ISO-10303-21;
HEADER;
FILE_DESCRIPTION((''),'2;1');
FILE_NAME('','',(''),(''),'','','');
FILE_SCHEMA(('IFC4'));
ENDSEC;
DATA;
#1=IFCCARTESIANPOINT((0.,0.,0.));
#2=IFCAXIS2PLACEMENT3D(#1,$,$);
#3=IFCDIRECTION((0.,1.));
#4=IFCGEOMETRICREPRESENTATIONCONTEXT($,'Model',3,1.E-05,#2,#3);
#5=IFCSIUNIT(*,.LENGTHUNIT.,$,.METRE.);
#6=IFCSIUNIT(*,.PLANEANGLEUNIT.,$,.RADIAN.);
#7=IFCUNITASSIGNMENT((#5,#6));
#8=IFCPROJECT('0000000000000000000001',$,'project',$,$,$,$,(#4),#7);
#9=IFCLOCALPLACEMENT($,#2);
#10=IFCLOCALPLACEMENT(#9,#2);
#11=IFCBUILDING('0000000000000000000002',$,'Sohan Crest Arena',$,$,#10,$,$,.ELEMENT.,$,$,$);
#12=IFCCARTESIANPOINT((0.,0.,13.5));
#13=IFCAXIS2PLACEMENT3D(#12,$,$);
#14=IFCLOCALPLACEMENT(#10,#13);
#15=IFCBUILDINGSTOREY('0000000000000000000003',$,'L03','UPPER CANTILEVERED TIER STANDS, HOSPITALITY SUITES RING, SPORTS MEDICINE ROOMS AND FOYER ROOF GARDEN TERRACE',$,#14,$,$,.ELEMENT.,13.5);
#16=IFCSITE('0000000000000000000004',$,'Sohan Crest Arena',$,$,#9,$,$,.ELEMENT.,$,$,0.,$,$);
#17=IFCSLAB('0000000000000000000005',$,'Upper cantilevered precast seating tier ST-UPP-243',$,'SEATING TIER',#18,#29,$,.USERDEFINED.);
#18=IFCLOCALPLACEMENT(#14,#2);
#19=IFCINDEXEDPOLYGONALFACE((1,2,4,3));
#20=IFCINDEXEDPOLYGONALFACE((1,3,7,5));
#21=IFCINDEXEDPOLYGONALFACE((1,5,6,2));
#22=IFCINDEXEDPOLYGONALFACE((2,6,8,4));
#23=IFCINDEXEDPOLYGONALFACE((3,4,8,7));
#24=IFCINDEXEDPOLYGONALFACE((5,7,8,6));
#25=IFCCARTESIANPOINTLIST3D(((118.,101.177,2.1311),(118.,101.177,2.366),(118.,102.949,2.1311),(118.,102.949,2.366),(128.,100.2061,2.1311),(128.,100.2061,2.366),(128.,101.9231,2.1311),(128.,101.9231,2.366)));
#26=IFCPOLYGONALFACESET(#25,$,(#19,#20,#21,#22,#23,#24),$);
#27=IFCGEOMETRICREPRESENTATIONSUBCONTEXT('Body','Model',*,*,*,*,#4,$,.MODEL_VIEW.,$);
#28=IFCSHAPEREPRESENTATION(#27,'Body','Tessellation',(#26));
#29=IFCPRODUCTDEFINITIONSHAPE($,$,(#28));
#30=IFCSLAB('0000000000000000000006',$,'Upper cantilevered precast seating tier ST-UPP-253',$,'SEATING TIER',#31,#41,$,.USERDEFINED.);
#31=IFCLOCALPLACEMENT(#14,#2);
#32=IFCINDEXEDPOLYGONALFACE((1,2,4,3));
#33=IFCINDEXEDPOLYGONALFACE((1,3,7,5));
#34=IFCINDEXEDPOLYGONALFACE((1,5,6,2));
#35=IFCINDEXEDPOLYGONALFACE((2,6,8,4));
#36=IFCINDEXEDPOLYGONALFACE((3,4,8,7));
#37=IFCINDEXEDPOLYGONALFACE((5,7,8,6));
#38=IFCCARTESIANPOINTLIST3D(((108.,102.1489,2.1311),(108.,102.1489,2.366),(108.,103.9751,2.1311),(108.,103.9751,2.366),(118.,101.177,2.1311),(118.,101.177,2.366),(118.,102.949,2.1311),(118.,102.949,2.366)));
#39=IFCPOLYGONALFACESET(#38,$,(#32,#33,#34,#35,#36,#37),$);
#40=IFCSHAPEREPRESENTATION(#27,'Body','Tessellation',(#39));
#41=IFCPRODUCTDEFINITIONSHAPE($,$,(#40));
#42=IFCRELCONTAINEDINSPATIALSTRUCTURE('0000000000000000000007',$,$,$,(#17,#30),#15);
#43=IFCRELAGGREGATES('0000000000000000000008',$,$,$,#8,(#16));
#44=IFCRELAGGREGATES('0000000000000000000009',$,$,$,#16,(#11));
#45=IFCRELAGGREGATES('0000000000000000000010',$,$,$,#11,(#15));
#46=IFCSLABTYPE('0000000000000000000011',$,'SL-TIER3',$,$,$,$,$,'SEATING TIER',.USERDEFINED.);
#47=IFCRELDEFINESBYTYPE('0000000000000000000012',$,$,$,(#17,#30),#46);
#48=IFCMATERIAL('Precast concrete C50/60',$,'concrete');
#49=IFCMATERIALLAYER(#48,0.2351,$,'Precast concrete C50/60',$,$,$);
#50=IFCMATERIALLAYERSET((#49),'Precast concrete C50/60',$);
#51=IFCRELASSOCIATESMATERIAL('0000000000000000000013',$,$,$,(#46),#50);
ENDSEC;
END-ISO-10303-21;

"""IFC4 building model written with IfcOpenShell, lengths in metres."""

from ifc_helpers import new_model, si_unit, direction, frame, origin, place, context, subcontext, project, spatial, polyline, outline, extrude, material, layer, layer_set, type_object, element, save


model = new_model("IFC4")

# Units and contexts
model_context = context("Model", 3, precision=1e-05, world=origin(), true_north=direction((0.0, 1.0)))
body_context = subcontext(model_context, "Body", "Model", "MODEL_VIEW")
ifc_project = project(units=[si_unit("LENGTHUNIT", "METRE"), si_unit("PLANEANGLEUNIT", "RADIAN")], contexts=[model_context])

# Site, building, storey
site_placement = place(None, origin())
site = spatial("IfcSite", under=ifc_project, at=site_placement, Name="Sohan Crest Arena", CompositionType="ELEMENT", RefElevation=0.0)
building_placement = place(site_placement, origin())
building = spatial("IfcBuilding", under=site, at=building_placement, Name="Sohan Crest Arena", CompositionType="ELEMENT")
storey_placement = place(building_placement, frame((0.0, 0.0, 13.5)))
storey = spatial("IfcBuildingStorey", under=building, at=storey_placement, Name="L03", Description="UPPER CANTILEVERED TIER STANDS, HOSPITALITY SUITES RING, SPORTS MEDICINE ROOMS AND FOYER ROOF GARDEN TERRACE", CompositionType="ELEMENT", Elevation=13.5)

# Slabs
ifc_material = material(Name="Precast concrete C50/60", Category="concrete")
ifc_layer_1 = layer(ifc_material, 0.2351, Name="Precast concrete C50/60")
ifc_layer_set_1 = layer_set([ifc_layer_1], Name="Precast concrete C50/60")
slab_type_1 = type_object("IfcSlabType", Name="SL-TIER3", ElementType="SEATING TIER", PredefinedType="USERDEFINED", material=ifc_layer_set_1)
slab_1_placement = place(storey_placement, frame((0.0, 0.0, 2.1311)))
element("IfcSlab", 1, at=slab_1_placement, inside=storey, type_object=slab_type_1, Name="Upper cantilevered precast seating tier ST-UPP-243", ObjectType="SEATING TIER", PredefinedType="USERDEFINED", context=body_context, shape_type="SweptSolid", body=[
    extrude(outline(polyline([(128.0, 100.2061), (118.0, 101.177), (118.0, 102.949), (128.0, 101.9231), (128.0, 100.2061)])), origin(), (0.0, 0.0, 1.0), 0.2349),
])
slab_2_placement = place(storey_placement, frame((0.0, 0.0, 2.1311)))
element("IfcSlab", 2, at=slab_2_placement, inside=storey, type_object=slab_type_1, Name="Upper cantilevered precast seating tier ST-UPP-253", ObjectType="SEATING TIER", PredefinedType="USERDEFINED", context=body_context, shape_type="SweptSolid", body=[
    extrude(outline(polyline([(118.0, 101.177), (108.0, 102.1489), (108.0, 103.9751), (118.0, 102.949), (118.0, 101.177)])), origin(), (0.0, 0.0, 1.0), 0.2349),
])

save(model, "model.ifc")
